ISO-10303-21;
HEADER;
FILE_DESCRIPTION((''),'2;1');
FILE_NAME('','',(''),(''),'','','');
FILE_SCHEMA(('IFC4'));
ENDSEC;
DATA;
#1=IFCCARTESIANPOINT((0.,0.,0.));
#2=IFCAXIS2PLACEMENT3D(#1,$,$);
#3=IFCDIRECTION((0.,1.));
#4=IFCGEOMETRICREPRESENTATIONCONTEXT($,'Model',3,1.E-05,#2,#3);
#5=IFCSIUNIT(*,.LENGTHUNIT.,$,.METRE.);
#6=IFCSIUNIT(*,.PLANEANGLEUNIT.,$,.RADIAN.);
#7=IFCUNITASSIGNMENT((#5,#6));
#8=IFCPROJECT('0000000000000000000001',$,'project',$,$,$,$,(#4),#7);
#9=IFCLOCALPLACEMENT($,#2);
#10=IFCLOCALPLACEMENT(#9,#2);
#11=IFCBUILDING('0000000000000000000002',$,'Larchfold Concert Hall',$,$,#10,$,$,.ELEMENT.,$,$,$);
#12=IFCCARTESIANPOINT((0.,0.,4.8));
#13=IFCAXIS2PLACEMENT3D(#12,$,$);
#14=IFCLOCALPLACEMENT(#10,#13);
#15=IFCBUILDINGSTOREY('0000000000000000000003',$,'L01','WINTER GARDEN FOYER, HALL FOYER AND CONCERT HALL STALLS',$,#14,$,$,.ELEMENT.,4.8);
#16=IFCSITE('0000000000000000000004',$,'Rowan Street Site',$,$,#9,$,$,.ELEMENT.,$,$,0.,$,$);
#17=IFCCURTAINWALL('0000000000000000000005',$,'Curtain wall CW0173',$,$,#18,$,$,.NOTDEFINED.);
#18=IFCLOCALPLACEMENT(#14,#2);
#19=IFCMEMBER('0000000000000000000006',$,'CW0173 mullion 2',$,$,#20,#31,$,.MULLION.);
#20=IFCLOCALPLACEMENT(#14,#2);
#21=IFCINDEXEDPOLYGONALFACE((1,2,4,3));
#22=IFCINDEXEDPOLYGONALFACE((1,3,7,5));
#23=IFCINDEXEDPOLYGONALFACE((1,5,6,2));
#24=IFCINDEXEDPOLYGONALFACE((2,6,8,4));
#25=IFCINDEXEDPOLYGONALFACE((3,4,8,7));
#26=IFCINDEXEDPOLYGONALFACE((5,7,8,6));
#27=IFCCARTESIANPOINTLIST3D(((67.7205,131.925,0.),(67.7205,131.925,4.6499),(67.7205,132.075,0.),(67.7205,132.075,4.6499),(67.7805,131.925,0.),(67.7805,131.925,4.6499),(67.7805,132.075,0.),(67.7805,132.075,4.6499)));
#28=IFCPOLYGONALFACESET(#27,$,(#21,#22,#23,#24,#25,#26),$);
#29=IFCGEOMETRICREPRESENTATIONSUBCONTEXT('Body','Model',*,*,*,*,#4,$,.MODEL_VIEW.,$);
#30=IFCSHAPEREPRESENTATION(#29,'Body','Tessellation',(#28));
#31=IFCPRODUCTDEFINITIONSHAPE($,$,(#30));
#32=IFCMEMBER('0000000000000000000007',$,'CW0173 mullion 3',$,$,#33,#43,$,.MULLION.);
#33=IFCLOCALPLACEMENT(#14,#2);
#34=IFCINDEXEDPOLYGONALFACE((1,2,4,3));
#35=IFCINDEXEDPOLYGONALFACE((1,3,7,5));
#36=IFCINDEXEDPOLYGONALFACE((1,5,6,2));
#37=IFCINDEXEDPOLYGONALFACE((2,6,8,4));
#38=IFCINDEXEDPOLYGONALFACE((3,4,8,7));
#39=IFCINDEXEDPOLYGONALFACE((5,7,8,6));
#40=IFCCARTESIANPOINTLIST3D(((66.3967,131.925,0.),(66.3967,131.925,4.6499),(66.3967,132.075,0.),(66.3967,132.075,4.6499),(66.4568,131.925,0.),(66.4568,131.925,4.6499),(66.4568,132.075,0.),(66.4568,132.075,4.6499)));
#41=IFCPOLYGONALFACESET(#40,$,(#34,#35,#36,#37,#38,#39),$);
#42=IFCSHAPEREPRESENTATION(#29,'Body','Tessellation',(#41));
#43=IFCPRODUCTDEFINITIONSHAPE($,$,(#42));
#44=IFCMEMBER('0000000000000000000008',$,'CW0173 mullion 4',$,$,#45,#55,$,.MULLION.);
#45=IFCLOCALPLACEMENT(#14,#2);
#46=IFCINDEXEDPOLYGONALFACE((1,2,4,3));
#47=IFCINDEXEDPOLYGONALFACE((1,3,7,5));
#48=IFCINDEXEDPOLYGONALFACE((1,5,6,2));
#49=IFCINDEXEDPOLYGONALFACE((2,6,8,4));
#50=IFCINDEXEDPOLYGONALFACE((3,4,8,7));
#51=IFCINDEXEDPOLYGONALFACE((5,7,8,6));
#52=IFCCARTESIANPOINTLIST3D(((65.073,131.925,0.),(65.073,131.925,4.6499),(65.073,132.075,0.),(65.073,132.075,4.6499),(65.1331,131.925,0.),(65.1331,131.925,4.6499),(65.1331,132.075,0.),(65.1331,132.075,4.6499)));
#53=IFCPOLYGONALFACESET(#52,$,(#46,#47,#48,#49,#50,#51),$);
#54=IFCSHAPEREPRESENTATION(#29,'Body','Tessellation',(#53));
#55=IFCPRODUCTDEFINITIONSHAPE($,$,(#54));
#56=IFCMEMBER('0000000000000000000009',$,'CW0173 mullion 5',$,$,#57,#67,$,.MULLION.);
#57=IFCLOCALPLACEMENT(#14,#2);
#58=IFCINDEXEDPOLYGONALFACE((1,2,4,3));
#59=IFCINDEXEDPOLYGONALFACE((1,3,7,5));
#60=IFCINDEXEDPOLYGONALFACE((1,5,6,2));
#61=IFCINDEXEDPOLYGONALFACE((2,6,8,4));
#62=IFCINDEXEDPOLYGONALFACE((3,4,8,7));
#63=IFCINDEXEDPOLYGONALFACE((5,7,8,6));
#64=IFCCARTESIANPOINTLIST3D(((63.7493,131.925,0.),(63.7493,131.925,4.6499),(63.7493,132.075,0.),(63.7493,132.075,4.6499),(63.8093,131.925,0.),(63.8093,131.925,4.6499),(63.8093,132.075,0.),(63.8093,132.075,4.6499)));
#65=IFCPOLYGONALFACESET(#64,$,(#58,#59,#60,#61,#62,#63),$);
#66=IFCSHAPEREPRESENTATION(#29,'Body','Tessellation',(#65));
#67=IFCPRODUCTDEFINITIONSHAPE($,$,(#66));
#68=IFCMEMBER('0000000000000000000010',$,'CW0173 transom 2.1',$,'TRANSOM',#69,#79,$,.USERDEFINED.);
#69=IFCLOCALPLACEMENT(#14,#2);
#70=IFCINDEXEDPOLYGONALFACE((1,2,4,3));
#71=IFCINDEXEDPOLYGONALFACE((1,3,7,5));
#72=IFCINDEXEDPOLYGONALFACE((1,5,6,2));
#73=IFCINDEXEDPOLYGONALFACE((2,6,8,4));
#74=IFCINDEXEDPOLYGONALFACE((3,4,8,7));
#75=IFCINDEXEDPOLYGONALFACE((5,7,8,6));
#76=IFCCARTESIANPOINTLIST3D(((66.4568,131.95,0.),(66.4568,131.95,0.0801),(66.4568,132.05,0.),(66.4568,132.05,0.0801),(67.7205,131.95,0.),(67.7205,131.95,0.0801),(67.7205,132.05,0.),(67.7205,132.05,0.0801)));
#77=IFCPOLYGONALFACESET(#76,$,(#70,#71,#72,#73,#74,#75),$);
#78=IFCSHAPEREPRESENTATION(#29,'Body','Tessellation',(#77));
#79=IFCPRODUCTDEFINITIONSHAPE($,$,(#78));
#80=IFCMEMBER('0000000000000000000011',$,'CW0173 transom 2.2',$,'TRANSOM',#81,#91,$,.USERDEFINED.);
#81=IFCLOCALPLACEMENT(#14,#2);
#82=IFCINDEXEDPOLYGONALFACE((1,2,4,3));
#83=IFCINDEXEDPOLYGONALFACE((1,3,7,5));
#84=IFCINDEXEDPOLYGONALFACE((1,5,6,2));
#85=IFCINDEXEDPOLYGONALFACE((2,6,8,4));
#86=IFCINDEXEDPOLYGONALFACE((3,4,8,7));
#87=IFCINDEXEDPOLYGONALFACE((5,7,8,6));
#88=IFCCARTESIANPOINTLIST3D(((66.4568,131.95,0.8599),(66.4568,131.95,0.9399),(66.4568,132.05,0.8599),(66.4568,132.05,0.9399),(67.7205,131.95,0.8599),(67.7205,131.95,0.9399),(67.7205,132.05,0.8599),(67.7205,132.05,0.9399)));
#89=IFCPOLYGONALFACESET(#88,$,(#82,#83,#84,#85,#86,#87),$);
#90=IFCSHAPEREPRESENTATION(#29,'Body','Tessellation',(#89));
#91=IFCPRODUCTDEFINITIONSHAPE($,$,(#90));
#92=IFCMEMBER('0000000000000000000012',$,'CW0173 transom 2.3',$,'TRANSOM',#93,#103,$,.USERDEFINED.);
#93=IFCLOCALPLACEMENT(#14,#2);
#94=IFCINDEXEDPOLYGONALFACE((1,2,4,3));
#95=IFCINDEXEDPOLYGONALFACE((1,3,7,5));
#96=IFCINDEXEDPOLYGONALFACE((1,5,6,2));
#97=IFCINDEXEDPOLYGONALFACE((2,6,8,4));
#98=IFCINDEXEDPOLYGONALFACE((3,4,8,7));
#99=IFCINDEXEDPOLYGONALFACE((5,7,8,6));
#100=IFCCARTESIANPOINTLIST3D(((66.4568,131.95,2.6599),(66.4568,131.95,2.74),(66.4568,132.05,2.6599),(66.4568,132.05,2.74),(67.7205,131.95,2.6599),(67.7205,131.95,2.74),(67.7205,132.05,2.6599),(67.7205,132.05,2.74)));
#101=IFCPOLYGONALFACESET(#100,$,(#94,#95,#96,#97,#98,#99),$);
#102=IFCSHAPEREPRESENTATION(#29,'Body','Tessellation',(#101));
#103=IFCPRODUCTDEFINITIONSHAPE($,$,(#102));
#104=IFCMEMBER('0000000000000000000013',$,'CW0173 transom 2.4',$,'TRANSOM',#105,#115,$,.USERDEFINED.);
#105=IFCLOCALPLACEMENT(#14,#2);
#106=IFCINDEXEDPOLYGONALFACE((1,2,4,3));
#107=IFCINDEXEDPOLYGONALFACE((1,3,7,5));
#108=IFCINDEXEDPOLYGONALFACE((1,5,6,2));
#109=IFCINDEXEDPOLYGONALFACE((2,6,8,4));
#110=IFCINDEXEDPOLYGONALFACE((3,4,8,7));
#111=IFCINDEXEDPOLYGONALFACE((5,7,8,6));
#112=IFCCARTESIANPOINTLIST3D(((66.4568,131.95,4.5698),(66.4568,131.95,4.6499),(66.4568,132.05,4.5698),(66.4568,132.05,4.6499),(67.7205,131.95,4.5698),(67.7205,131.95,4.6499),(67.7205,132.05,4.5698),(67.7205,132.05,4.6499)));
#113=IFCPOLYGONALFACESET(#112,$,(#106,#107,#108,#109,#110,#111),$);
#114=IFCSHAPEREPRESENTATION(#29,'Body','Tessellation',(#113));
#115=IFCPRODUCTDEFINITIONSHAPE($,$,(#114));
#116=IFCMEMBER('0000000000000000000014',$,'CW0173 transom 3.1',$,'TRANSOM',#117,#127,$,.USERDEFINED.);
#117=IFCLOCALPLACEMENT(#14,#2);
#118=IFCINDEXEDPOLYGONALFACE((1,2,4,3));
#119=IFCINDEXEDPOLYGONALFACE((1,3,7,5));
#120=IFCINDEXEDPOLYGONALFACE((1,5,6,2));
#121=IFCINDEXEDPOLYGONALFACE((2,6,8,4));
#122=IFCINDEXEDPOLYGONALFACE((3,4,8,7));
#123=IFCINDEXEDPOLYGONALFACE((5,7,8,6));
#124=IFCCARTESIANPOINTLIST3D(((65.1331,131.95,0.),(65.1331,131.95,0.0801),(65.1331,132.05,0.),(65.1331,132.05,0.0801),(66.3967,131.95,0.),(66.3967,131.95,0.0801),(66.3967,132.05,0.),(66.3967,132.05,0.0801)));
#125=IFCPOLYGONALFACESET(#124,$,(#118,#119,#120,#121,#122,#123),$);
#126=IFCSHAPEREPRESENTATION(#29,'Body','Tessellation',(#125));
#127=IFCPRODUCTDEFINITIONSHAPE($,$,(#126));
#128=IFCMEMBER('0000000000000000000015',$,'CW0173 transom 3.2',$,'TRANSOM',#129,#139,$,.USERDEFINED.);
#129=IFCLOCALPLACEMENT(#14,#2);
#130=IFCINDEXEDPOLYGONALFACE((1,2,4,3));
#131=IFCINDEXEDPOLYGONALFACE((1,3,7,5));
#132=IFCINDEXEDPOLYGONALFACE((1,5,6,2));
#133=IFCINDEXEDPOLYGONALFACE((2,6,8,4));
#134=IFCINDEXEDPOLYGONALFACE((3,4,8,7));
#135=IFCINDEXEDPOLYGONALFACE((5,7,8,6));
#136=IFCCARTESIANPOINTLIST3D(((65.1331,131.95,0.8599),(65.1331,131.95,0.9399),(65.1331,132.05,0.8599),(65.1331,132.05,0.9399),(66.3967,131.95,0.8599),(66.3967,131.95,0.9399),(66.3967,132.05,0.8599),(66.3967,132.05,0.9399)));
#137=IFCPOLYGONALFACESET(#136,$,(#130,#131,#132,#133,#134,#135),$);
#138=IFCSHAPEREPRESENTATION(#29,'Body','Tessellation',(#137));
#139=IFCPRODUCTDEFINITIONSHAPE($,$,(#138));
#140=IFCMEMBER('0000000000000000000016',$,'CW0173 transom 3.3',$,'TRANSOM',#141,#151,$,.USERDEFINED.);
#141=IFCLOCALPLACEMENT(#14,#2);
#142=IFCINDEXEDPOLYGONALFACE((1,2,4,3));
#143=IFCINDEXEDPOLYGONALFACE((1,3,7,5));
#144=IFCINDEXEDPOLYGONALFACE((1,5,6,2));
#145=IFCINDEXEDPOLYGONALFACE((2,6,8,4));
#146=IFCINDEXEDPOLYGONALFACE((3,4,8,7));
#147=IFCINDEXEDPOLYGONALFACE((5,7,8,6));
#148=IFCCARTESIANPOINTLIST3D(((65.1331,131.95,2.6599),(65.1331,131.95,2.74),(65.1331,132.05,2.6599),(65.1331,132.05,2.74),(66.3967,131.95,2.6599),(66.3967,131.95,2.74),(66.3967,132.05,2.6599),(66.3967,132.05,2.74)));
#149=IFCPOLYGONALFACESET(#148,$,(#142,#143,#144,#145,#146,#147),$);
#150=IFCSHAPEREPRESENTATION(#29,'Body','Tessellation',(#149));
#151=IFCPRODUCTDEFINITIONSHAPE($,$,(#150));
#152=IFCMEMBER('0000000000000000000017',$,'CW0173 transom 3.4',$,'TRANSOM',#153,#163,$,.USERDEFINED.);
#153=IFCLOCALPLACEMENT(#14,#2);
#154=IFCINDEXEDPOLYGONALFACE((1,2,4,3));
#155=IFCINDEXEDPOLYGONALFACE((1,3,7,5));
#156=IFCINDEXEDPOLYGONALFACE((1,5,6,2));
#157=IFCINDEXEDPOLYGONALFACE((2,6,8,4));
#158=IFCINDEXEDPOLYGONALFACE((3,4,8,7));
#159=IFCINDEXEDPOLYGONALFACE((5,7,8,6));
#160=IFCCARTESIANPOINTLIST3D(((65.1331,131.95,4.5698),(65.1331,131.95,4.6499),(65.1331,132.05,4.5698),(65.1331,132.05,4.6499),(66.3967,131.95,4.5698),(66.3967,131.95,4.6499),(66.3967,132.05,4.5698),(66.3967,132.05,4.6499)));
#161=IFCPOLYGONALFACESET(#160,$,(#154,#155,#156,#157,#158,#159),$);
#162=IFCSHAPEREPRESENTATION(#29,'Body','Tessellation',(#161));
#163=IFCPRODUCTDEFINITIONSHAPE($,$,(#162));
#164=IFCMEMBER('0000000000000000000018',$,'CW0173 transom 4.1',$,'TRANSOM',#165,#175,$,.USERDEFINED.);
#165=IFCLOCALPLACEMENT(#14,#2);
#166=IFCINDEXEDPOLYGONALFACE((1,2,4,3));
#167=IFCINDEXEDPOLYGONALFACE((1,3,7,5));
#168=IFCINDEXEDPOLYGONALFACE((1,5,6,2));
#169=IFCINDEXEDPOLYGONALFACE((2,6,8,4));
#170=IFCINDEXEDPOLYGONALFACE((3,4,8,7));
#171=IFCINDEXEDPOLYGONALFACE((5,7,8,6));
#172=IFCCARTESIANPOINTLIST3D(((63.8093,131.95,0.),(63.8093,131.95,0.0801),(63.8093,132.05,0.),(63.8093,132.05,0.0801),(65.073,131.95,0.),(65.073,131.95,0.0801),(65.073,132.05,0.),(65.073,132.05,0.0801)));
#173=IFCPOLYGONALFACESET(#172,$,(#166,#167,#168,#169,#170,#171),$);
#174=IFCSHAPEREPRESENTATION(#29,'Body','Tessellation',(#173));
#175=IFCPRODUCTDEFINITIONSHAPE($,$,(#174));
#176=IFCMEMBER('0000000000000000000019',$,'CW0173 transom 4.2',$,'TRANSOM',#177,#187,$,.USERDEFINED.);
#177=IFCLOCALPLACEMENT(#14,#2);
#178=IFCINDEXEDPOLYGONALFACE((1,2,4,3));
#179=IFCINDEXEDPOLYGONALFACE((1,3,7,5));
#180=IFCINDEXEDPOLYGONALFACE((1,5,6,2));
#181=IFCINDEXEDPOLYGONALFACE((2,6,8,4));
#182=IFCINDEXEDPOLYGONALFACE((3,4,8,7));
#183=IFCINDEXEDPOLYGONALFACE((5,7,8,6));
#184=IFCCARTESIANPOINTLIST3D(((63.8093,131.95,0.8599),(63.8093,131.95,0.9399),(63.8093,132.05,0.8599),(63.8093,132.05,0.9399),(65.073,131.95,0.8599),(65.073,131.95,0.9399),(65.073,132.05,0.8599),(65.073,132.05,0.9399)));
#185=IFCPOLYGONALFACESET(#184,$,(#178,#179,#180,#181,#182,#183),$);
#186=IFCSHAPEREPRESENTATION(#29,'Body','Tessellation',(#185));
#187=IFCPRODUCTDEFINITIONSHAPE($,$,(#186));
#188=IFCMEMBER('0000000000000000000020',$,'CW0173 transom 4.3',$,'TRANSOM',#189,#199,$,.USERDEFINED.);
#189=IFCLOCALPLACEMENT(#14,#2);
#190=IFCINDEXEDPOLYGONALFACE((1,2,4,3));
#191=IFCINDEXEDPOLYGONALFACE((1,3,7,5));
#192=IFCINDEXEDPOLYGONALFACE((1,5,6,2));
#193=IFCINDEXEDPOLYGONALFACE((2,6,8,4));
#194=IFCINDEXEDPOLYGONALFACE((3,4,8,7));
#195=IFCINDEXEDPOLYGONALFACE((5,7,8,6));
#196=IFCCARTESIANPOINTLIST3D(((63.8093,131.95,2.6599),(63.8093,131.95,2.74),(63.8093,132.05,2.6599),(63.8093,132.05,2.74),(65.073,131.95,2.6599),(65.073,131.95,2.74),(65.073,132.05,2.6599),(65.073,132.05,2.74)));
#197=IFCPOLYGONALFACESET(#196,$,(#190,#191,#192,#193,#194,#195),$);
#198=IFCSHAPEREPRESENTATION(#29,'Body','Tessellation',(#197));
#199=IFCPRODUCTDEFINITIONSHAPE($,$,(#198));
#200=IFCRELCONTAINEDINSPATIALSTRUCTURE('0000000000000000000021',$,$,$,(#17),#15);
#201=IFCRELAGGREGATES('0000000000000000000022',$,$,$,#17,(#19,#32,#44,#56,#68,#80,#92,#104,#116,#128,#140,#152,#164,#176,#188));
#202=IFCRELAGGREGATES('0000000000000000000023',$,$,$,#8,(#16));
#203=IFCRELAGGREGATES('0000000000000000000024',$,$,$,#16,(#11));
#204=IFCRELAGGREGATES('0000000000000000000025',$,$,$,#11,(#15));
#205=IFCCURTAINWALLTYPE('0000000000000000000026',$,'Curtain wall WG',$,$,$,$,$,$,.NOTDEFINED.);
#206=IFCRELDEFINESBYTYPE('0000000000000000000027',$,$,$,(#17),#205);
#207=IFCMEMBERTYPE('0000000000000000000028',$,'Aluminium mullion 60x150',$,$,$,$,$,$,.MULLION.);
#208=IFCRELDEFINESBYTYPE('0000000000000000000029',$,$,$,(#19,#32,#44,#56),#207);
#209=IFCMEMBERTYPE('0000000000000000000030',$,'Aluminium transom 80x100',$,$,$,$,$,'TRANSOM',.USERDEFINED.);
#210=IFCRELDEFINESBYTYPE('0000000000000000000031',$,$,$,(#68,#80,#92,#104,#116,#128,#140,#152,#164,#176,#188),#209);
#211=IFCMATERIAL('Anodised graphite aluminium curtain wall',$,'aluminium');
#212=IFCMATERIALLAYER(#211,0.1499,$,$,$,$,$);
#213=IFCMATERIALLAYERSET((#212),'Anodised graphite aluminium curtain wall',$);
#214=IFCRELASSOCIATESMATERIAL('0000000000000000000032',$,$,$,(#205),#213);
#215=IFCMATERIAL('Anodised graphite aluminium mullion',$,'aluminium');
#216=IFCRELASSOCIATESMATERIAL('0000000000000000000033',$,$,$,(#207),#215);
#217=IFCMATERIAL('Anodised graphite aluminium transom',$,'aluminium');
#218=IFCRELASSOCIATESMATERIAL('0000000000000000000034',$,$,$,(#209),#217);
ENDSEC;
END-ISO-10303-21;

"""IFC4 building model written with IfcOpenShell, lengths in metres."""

from ifc_helpers import new_model, si_unit, direction, frame, origin, origin_2d, place, context, subcontext, project, spatial, rectangle, extrude, material, layer, layer_set, material_profile, profile_set, type_object, element, aggregate, save


model = new_model("IFC4")

# Units and contexts
model_context = context("Model", 3, precision=1e-05, world=origin(), true_north=direction((0.0, 1.0)))
body_context = subcontext(model_context, "Body", "Model", "MODEL_VIEW")
ifc_project = project(units=[si_unit("LENGTHUNIT", "METRE"), si_unit("PLANEANGLEUNIT", "RADIAN")], contexts=[model_context])

# Site, building, storey
site_placement = place(None, origin())
site = spatial("IfcSite", under=ifc_project, at=site_placement, Name="Rowan Street Site", CompositionType="ELEMENT", RefElevation=0.0)
building_placement = place(site_placement, origin())
building = spatial("IfcBuilding", under=site, at=building_placement, Name="Larchfold Concert Hall", CompositionType="ELEMENT")
storey_placement = place(building_placement, frame((0.0, 0.0, 4.8)))
storey = spatial("IfcBuildingStorey", under=building, at=storey_placement, Name="L01", Description="WINTER GARDEN FOYER, HALL FOYER AND CONCERT HALL STALLS", CompositionType="ELEMENT", Elevation=4.8)

# Curtain wall, members
ifc_material_1 = material(Name="Anodised graphite aluminium curtain wall", Category="aluminium")
ifc_layer_1 = layer(ifc_material_1, 0.1499)
ifc_layer_set_1 = layer_set([ifc_layer_1], Name="Anodised graphite aluminium curtain wall")
curtain_wall_type = type_object("IfcCurtainWallType", Name="Curtain wall WG", PredefinedType="NOTDEFINED", material=ifc_layer_set_1)
curtain_wall_placement = place(storey_placement, origin())
curtain_wall = element("IfcCurtainWall", 1, at=curtain_wall_placement, inside=storey, type_object=curtain_wall_type, Name="Curtain wall CW0173", PredefinedType="NOTDEFINED")
ifc_material_2 = material(Name="Anodised graphite aluminium mullion", Category="aluminium")
ifc_material_profile_1 = material_profile(ifc_material_2, rectangle(XDim=0.1499, YDim=0.0601, at=origin_2d()))
ifc_profile_set_1 = profile_set([ifc_material_profile_1], Name="Anodised graphite aluminium mullion")
member_type_1 = type_object("IfcMemberType", Name="Aluminium mullion 60x150", PredefinedType="MULLION", material=ifc_profile_set_1)
member_1_placement = place(storey_placement, frame((67.7505, 132.0, 0.0), z_axis=(0.0, 0.0, 1.0), x_axis=(0.0, -1.0, 0.0)))
member_1 = element("IfcMember", 2, at=member_1_placement, type_object=member_type_1, Name="CW0173 mullion 2", PredefinedType="MULLION", context=body_context, shape_type="SweptSolid", body=[
    extrude(rectangle(XDim=0.1499, YDim=0.0601, at=origin_2d()), origin(), (0.0, 0.0, 1.0), 4.6499),
])
member_2_placement = place(storey_placement, frame((66.4268, 132.0, 0.0), z_axis=(0.0, 0.0, 1.0), x_axis=(0.0, -1.0, 0.0)))
member_2 = element("IfcMember", 3, at=member_2_placement, type_object=member_type_1, Name="CW0173 mullion 3", PredefinedType="MULLION", context=body_context, shape_type="SweptSolid", body=[
    extrude(rectangle(XDim=0.1499, YDim=0.0601, at=origin_2d()), origin(), (0.0, 0.0, 1.0), 4.6499),
])
member_3_placement = place(storey_placement, frame((65.103, 132.0, 0.0), z_axis=(0.0, 0.0, 1.0), x_axis=(0.0, -1.0, 0.0)))
member_3 = element("IfcMember", 4, at=member_3_placement, type_object=member_type_1, Name="CW0173 mullion 4", PredefinedType="MULLION", context=body_context, shape_type="SweptSolid", body=[
    extrude(rectangle(XDim=0.1499, YDim=0.0601, at=origin_2d()), origin(), (0.0, 0.0, 1.0), 4.6499),
])
member_4_placement = place(storey_placement, frame((63.7793, 132.0, 0.0), z_axis=(0.0, 0.0, 1.0), x_axis=(0.0, -1.0, 0.0)))
member_4 = element("IfcMember", 5, at=member_4_placement, type_object=member_type_1, Name="CW0173 mullion 5", PredefinedType="MULLION", context=body_context, shape_type="SweptSolid", body=[
    extrude(rectangle(XDim=0.1499, YDim=0.0601, at=origin_2d()), origin(), (0.0, 0.0, 1.0), 4.6499),
])
ifc_material_3 = material(Name="Anodised graphite aluminium transom", Category="aluminium")
ifc_material_profile_2 = material_profile(ifc_material_3, rectangle(XDim=0.1001, YDim=0.0801, at=origin_2d()))
ifc_profile_set_2 = profile_set([ifc_material_profile_2], Name="Anodised graphite aluminium transom")
member_type_2 = type_object("IfcMemberType", Name="Aluminium transom 80x100", ElementType="TRANSOM", PredefinedType="USERDEFINED", material=ifc_profile_set_2)
member_5_placement = place(storey_placement, frame((67.7205, 132.0, 0.04), z_axis=(-1.0, 0.0, 0.0), x_axis=(0.0, -1.0, 0.0)))
member_5 = element("IfcMember", 6, at=member_5_placement, type_object=member_type_2, Name="CW0173 transom 2.1", ObjectType="TRANSOM", PredefinedType="USERDEFINED", context=body_context, shape_type="SweptSolid", body=[
    extrude(rectangle(XDim=0.1001, YDim=0.0801, at=origin_2d()), origin(), (0.0, 0.0, 1.0), 1.2637),
])
member_6_placement = place(storey_placement, frame((67.7205, 132.0, 0.8999), z_axis=(-1.0, 0.0, 0.0), x_axis=(0.0, -1.0, 0.0)))
member_6 = element("IfcMember", 7, at=member_6_placement, type_object=member_type_2, Name="CW0173 transom 2.2", ObjectType="TRANSOM", PredefinedType="USERDEFINED", context=body_context, shape_type="SweptSolid", body=[
    extrude(rectangle(XDim=0.1001, YDim=0.0801, at=origin_2d()), origin(), (0.0, 0.0, 1.0), 1.2637),
])
member_7_placement = place(storey_placement, frame((67.7205, 132.0, 2.7), z_axis=(-1.0, 0.0, 0.0), x_axis=(0.0, -1.0, 0.0)))
member_7 = element("IfcMember", 8, at=member_7_placement, type_object=member_type_2, Name="CW0173 transom 2.3", ObjectType="TRANSOM", PredefinedType="USERDEFINED", context=body_context, shape_type="SweptSolid", body=[
    extrude(rectangle(XDim=0.1001, YDim=0.0801, at=origin_2d()), origin(), (0.0, 0.0, 1.0), 1.2637),
])
member_8_placement = place(storey_placement, frame((67.7205, 132.0, 4.6099), z_axis=(-1.0, 0.0, 0.0), x_axis=(0.0, -1.0, 0.0)))
member_8 = element("IfcMember", 9, at=member_8_placement, type_object=member_type_2, Name="CW0173 transom 2.4", ObjectType="TRANSOM", PredefinedType="USERDEFINED", context=body_context, shape_type="SweptSolid", body=[
    extrude(rectangle(XDim=0.1001, YDim=0.0801, at=origin_2d()), origin(), (0.0, 0.0, 1.0), 1.2637),
])
member_9_placement = place(storey_placement, frame((66.3967, 132.0, 0.04), z_axis=(-1.0, 0.0, 0.0), x_axis=(0.0, -1.0, 0.0)))
member_9 = element("IfcMember", 10, at=member_9_placement, type_object=member_type_2, Name="CW0173 transom 3.1", ObjectType="TRANSOM", PredefinedType="USERDEFINED", context=body_context, shape_type="SweptSolid", body=[
    extrude(rectangle(XDim=0.1001, YDim=0.0801, at=origin_2d()), origin(), (0.0, 0.0, 1.0), 1.2637),
])
member_10_placement = place(storey_placement, frame((66.3967, 132.0, 0.8999), z_axis=(-1.0, 0.0, 0.0), x_axis=(0.0, -1.0, 0.0)))
member_10 = element("IfcMember", 11, at=member_10_placement, type_object=member_type_2, Name="CW0173 transom 3.2", ObjectType="TRANSOM", PredefinedType="USERDEFINED", context=body_context, shape_type="SweptSolid", body=[
    extrude(rectangle(XDim=0.1001, YDim=0.0801, at=origin_2d()), origin(), (0.0, 0.0, 1.0), 1.2637),
])
member_11_placement = place(storey_placement, frame((66.3967, 132.0, 2.7), z_axis=(-1.0, 0.0, 0.0), x_axis=(0.0, -1.0, 0.0)))
member_11 = element("IfcMember", 12, at=member_11_placement, type_object=member_type_2, Name="CW0173 transom 3.3", ObjectType="TRANSOM", PredefinedType="USERDEFINED", context=body_context, shape_type="SweptSolid", body=[
    extrude(rectangle(XDim=0.1001, YDim=0.0801, at=origin_2d()), origin(), (0.0, 0.0, 1.0), 1.2637),
])
member_12_placement = place(storey_placement, frame((66.3967, 132.0, 4.6099), z_axis=(-1.0, 0.0, 0.0), x_axis=(0.0, -1.0, 0.0)))
member_12 = element("IfcMember", 13, at=member_12_placement, type_object=member_type_2, Name="CW0173 transom 3.4", ObjectType="TRANSOM", PredefinedType="USERDEFINED", context=body_context, shape_type="SweptSolid", body=[
    extrude(rectangle(XDim=0.1001, YDim=0.0801, at=origin_2d()), origin(), (0.0, 0.0, 1.0), 1.2637),
])
member_13_placement = place(storey_placement, frame((65.073, 132.0, 0.04), z_axis=(-1.0, 0.0, 0.0), x_axis=(0.0, -1.0, 0.0)))
member_13 = element("IfcMember", 14, at=member_13_placement, type_object=member_type_2, Name="CW0173 transom 4.1", ObjectType="TRANSOM", PredefinedType="USERDEFINED", context=body_context, shape_type="SweptSolid", body=[
    extrude(rectangle(XDim=0.1001, YDim=0.0801, at=origin_2d()), origin(), (0.0, 0.0, 1.0), 1.2637),
])
member_14_placement = place(storey_placement, frame((65.073, 132.0, 0.8999), z_axis=(-1.0, 0.0, 0.0), x_axis=(0.0, -1.0, 0.0)))
member_14 = element("IfcMember", 15, at=member_14_placement, type_object=member_type_2, Name="CW0173 transom 4.2", ObjectType="TRANSOM", PredefinedType="USERDEFINED", context=body_context, shape_type="SweptSolid", body=[
    extrude(rectangle(XDim=0.1001, YDim=0.0801, at=origin_2d()), origin(), (0.0, 0.0, 1.0), 1.2637),
])
member_15_placement = place(storey_placement, frame((65.073, 132.0, 2.7), z_axis=(-1.0, 0.0, 0.0), x_axis=(0.0, -1.0, 0.0)))
member_15 = element("IfcMember", 16, at=member_15_placement, type_object=member_type_2, Name="CW0173 transom 4.3", ObjectType="TRANSOM", PredefinedType="USERDEFINED", context=body_context, shape_type="SweptSolid", body=[
    extrude(rectangle(XDim=0.1001, YDim=0.0801, at=origin_2d()), origin(), (0.0, 0.0, 1.0), 1.2637),
])
aggregate(curtain_wall, [member_1, member_2, member_3, member_4, member_5, member_6, member_7, member_8, member_9, member_10, member_11, member_12, member_13, member_14, member_15])

save(model, "model.ifc")
